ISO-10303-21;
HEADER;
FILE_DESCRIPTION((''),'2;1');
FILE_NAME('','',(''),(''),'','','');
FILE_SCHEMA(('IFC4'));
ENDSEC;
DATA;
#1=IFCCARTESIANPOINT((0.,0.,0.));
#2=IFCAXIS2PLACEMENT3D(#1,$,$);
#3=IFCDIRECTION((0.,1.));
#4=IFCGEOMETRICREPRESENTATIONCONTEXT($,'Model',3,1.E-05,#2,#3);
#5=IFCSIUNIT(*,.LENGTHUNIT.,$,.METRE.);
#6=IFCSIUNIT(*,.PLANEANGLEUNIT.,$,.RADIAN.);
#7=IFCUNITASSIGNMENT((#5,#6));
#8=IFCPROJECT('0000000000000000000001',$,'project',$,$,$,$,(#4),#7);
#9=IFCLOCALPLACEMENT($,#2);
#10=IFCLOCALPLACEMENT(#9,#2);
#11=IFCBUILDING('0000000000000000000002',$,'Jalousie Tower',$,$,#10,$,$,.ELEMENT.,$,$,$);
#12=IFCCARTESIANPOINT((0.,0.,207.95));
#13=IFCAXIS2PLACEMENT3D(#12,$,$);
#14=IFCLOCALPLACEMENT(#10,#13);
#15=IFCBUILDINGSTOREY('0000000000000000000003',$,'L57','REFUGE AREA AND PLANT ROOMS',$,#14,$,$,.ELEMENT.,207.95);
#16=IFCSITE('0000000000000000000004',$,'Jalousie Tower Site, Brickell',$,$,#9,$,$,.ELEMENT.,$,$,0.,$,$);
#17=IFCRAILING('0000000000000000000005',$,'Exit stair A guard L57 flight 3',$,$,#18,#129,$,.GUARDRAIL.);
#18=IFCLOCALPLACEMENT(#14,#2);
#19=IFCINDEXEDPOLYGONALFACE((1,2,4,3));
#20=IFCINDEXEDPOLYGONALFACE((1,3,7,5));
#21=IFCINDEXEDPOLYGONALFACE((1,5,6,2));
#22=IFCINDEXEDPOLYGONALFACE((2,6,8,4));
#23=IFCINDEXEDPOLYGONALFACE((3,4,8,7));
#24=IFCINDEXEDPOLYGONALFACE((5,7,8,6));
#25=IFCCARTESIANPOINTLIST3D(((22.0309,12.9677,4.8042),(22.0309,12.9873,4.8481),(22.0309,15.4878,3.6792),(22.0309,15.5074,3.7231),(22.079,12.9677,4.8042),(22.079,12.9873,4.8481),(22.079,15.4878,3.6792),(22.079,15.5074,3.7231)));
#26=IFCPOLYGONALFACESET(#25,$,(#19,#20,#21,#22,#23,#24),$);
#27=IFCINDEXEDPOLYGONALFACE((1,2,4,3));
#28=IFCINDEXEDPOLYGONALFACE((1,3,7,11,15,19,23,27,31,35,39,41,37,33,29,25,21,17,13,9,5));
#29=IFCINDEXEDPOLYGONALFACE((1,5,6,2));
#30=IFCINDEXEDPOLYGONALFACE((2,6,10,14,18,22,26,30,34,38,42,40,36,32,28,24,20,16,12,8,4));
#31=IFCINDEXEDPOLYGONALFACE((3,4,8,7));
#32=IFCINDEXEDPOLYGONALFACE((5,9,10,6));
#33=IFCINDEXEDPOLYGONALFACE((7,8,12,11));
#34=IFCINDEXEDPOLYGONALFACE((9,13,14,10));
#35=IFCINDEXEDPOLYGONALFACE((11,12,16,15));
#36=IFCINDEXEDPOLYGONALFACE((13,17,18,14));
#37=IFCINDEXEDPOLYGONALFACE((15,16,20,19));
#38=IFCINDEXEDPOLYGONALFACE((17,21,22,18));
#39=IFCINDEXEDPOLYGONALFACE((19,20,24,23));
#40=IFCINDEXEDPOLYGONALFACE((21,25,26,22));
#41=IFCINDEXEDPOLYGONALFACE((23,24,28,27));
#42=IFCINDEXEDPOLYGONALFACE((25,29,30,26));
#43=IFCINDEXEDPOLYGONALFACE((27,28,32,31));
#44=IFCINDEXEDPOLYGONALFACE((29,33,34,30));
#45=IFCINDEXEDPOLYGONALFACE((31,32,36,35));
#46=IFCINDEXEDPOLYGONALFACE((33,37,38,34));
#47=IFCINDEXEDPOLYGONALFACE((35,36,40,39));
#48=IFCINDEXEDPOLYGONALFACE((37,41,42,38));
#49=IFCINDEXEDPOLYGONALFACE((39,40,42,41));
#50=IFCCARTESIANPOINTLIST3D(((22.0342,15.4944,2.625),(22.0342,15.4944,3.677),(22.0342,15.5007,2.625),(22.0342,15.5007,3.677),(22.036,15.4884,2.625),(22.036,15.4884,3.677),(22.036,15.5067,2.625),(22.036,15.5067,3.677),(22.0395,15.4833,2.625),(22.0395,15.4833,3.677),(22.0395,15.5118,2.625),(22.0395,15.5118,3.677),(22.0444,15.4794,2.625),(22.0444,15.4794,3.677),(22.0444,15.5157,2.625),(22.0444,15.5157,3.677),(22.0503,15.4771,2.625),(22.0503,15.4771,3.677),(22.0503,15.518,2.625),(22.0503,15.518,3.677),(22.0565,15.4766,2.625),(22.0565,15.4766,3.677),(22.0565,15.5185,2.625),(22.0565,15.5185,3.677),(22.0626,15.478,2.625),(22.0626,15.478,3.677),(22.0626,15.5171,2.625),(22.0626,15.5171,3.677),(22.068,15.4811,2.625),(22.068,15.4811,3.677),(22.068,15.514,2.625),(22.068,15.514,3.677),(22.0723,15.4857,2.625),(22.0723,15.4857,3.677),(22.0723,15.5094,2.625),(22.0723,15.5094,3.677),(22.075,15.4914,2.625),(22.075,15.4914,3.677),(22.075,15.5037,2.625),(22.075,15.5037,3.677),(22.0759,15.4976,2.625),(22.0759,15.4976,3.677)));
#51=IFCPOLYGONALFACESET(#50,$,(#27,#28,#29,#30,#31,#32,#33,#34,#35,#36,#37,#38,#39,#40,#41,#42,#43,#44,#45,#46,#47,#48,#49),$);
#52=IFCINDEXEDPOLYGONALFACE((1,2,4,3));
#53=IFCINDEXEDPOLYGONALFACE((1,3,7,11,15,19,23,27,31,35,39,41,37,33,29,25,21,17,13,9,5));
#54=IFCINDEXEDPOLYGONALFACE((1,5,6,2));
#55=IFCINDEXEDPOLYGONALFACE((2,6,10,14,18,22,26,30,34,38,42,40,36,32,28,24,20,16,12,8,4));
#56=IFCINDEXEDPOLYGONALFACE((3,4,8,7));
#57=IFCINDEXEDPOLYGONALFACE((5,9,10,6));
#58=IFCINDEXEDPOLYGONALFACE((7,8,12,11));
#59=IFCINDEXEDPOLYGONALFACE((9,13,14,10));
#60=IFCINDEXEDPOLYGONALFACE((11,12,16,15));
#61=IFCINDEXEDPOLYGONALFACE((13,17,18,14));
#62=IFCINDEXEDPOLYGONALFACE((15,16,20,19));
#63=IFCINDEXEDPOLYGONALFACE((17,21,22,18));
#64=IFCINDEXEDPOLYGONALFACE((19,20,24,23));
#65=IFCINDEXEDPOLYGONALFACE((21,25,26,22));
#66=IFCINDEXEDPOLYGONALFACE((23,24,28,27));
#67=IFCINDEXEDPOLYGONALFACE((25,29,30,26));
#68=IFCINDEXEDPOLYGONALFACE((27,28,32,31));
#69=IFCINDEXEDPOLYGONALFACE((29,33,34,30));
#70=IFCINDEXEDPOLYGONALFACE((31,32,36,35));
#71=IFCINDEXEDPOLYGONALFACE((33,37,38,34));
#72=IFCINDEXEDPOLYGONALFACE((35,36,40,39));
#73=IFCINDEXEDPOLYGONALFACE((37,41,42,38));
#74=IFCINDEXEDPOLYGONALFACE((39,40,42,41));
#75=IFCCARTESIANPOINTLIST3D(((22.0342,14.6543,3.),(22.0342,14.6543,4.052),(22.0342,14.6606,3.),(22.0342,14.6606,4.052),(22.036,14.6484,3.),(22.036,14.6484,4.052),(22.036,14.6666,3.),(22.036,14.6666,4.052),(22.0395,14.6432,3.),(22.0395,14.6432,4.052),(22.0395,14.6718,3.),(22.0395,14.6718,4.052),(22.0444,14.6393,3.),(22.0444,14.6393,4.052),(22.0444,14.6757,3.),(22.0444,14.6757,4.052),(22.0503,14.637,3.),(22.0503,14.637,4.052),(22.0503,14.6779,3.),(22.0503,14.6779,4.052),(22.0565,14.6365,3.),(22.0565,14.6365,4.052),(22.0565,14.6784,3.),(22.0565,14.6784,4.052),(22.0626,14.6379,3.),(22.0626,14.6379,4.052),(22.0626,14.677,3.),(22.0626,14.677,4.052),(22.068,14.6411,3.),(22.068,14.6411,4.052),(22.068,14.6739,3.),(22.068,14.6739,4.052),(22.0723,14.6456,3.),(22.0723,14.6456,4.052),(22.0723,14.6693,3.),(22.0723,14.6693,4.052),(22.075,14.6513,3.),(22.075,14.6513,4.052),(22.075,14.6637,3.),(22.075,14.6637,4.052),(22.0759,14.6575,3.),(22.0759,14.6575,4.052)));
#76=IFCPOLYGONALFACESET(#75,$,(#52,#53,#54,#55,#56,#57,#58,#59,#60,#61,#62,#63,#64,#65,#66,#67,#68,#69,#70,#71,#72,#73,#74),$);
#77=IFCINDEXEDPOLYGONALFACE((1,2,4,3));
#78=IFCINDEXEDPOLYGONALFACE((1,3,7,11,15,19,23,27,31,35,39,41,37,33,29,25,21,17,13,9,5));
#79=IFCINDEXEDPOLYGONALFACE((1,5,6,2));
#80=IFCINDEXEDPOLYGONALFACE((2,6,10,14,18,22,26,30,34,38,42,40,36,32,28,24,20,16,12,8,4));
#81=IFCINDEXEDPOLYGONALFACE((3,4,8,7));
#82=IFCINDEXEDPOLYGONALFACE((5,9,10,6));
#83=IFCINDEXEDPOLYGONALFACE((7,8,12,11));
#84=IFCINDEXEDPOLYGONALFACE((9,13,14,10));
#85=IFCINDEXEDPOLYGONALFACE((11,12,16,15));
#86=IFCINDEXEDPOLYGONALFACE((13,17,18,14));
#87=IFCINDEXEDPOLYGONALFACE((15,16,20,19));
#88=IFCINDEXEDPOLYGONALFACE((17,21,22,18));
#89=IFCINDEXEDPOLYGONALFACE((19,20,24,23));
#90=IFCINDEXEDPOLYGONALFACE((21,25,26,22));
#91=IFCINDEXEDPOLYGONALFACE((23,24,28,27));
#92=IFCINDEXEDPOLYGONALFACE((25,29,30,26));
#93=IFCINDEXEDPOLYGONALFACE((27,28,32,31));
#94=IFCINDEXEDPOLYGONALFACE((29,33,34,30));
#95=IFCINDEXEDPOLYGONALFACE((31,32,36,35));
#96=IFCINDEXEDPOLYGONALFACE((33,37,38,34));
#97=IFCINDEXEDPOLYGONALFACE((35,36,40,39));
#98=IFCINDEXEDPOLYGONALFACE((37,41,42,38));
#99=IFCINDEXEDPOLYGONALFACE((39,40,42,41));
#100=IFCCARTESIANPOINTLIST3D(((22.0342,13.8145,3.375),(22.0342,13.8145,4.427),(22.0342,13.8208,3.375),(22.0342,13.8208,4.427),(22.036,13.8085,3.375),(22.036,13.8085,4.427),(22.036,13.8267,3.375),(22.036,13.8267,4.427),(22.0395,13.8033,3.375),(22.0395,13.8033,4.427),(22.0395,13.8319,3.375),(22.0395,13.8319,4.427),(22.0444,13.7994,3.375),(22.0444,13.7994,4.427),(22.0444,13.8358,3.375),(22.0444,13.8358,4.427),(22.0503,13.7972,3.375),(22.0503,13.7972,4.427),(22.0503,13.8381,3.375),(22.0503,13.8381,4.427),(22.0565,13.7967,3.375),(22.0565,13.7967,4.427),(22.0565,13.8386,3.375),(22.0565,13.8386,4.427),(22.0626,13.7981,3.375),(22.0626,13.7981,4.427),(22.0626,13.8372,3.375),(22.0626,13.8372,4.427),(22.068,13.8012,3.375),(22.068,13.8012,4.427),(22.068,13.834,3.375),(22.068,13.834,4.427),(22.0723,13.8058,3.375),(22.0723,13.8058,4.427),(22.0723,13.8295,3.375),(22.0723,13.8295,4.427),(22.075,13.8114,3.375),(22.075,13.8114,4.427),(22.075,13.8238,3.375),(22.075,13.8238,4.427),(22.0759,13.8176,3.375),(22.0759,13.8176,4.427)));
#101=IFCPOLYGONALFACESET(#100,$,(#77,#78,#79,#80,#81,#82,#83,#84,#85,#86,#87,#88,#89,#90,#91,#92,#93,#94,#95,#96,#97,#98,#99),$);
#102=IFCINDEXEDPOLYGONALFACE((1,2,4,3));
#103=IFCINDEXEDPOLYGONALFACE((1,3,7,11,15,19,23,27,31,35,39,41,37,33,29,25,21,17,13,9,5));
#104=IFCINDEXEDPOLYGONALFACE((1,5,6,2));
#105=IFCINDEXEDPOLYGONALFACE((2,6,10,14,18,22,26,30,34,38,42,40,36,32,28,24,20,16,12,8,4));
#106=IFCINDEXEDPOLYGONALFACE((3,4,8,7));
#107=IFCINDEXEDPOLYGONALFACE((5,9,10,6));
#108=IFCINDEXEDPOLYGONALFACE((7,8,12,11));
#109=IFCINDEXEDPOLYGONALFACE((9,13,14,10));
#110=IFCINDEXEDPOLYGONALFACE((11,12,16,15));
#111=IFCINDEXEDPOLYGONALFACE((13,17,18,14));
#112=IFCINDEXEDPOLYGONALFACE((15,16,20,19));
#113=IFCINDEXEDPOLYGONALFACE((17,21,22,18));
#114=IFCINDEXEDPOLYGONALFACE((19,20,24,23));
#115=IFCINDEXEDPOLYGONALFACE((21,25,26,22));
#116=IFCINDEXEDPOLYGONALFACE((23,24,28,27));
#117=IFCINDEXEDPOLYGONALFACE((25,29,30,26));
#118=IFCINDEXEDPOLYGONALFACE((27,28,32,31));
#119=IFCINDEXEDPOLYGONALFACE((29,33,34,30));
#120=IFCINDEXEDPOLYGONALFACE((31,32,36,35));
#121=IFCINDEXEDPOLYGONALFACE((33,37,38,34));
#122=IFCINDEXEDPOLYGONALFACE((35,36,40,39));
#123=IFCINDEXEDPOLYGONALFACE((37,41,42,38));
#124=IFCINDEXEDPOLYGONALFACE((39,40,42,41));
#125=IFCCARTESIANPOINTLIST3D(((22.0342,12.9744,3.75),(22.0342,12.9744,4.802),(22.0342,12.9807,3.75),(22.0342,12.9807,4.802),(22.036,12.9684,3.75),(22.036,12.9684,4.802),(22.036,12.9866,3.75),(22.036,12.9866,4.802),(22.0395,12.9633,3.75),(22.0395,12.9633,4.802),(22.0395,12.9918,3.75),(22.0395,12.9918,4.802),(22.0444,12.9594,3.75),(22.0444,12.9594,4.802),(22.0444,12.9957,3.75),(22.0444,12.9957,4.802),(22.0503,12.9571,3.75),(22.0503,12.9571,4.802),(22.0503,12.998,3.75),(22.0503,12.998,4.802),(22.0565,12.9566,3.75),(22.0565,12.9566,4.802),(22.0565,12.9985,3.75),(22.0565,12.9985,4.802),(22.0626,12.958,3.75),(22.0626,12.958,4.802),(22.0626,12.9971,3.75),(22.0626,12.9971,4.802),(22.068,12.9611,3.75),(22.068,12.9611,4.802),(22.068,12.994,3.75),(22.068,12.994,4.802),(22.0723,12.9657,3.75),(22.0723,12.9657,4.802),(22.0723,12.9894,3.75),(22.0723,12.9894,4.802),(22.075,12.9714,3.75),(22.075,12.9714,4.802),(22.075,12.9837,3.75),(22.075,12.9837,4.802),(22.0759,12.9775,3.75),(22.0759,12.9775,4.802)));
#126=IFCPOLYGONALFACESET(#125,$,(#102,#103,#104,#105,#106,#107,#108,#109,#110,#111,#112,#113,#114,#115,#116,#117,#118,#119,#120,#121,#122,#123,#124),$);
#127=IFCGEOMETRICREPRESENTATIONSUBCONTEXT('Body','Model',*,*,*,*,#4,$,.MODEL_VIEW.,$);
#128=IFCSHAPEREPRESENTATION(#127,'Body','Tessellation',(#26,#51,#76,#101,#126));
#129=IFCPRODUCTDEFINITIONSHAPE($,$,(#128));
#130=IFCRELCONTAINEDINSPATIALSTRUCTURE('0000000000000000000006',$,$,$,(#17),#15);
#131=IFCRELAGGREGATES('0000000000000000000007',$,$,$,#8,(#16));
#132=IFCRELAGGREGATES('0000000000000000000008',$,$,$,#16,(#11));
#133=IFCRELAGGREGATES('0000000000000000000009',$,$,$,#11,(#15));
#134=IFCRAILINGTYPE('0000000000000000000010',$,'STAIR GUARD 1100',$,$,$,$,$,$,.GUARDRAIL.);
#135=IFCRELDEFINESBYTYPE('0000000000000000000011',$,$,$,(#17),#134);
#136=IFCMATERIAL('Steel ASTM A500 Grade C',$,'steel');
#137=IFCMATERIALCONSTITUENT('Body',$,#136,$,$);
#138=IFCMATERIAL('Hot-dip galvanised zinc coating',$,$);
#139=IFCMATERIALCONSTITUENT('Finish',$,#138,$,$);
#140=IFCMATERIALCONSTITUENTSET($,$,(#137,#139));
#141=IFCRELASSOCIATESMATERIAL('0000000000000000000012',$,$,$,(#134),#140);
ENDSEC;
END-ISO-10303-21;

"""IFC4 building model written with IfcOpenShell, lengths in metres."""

from ifc_helpers import new_model, si_unit, direction, frame, origin, origin_2d, place, context, subcontext, project, spatial, rectangle, circle, extrude, material, constituent, constituent_set, type_object, element, save


model = new_model("IFC4")

# Units and contexts
model_context = context("Model", 3, precision=1e-05, world=origin(), true_north=direction((0.0, 1.0)))
body_context = subcontext(model_context, "Body", "Model", "MODEL_VIEW")
ifc_project = project(units=[si_unit("LENGTHUNIT", "METRE"), si_unit("PLANEANGLEUNIT", "RADIAN")], contexts=[model_context])

# Site, building, storey
site_placement = place(None, origin())
site = spatial("IfcSite", under=ifc_project, at=site_placement, Name="Jalousie Tower Site, Brickell", CompositionType="ELEMENT", RefElevation=0.0)
building_placement = place(site_placement, origin())
building = spatial("IfcBuilding", under=site, at=building_placement, Name="Jalousie Tower", CompositionType="ELEMENT")
storey_placement = place(building_placement, frame((0.0, 0.0, 207.95)))
storey = spatial("IfcBuildingStorey", under=building, at=storey_placement, Name="L57", Description="REFUGE AREA AND PLANT ROOMS", CompositionType="ELEMENT", Elevation=207.95)

# Railing
ifc_material_1 = material(Name="Steel ASTM A500 Grade C", Category="steel")
ifc_constituent_1 = constituent(ifc_material_1, Name="Body")
ifc_material_2 = material(Name="Hot-dip galvanised zinc coating")
ifc_constituent_2 = constituent(ifc_material_2, Name="Finish")
ifc_constituent_set_1 = constituent_set(constituents=[ifc_constituent_1, ifc_constituent_2])
railing_type_1 = type_object("IfcRailingType", Name="STAIR GUARD 1100", PredefinedType="GUARDRAIL", material=ifc_constituent_set_1)
for number, where, name in (
    (1, (22.0549, 15.4976, 2.625), "Exit stair A guard L57 flight 3"),
):
    element("IfcRailing", number, at=place(storey_placement, frame(where)), inside=storey, type_object=railing_type_1, Name=name, PredefinedType="GUARDRAIL", context=body_context, shape_type="SweptSolid", body=[
        extrude(rectangle(XDim=0.0481, YDim=0.0481, at=origin_2d()), frame((0.0, 0.0, 1.0762), z_axis=(0.0, -0.913139, 0.407648), x_axis=(1.0, 0.0, 0.0)), (0.0, 0.0, 1.0), 2.7598),
        extrude(circle(Radius=0.021, at=origin_2d()), origin(), (0.0, 0.0, 1.0), 1.052),
        extrude(circle(Radius=0.021, at=origin_2d()), frame((0.0, -0.8401, 0.375)), (0.0, 0.0, 1.0), 1.052),
        extrude(circle(Radius=0.021, at=origin_2d()), frame((0.0, -1.6799, 0.75)), (0.0, 0.0, 1.0), 1.052),
        extrude(circle(Radius=0.021, at=origin_2d()), frame((0.0, -2.52, 1.125)), (0.0, 0.0, 1.0), 1.052),
    ])

save(model, "model.ifc")
